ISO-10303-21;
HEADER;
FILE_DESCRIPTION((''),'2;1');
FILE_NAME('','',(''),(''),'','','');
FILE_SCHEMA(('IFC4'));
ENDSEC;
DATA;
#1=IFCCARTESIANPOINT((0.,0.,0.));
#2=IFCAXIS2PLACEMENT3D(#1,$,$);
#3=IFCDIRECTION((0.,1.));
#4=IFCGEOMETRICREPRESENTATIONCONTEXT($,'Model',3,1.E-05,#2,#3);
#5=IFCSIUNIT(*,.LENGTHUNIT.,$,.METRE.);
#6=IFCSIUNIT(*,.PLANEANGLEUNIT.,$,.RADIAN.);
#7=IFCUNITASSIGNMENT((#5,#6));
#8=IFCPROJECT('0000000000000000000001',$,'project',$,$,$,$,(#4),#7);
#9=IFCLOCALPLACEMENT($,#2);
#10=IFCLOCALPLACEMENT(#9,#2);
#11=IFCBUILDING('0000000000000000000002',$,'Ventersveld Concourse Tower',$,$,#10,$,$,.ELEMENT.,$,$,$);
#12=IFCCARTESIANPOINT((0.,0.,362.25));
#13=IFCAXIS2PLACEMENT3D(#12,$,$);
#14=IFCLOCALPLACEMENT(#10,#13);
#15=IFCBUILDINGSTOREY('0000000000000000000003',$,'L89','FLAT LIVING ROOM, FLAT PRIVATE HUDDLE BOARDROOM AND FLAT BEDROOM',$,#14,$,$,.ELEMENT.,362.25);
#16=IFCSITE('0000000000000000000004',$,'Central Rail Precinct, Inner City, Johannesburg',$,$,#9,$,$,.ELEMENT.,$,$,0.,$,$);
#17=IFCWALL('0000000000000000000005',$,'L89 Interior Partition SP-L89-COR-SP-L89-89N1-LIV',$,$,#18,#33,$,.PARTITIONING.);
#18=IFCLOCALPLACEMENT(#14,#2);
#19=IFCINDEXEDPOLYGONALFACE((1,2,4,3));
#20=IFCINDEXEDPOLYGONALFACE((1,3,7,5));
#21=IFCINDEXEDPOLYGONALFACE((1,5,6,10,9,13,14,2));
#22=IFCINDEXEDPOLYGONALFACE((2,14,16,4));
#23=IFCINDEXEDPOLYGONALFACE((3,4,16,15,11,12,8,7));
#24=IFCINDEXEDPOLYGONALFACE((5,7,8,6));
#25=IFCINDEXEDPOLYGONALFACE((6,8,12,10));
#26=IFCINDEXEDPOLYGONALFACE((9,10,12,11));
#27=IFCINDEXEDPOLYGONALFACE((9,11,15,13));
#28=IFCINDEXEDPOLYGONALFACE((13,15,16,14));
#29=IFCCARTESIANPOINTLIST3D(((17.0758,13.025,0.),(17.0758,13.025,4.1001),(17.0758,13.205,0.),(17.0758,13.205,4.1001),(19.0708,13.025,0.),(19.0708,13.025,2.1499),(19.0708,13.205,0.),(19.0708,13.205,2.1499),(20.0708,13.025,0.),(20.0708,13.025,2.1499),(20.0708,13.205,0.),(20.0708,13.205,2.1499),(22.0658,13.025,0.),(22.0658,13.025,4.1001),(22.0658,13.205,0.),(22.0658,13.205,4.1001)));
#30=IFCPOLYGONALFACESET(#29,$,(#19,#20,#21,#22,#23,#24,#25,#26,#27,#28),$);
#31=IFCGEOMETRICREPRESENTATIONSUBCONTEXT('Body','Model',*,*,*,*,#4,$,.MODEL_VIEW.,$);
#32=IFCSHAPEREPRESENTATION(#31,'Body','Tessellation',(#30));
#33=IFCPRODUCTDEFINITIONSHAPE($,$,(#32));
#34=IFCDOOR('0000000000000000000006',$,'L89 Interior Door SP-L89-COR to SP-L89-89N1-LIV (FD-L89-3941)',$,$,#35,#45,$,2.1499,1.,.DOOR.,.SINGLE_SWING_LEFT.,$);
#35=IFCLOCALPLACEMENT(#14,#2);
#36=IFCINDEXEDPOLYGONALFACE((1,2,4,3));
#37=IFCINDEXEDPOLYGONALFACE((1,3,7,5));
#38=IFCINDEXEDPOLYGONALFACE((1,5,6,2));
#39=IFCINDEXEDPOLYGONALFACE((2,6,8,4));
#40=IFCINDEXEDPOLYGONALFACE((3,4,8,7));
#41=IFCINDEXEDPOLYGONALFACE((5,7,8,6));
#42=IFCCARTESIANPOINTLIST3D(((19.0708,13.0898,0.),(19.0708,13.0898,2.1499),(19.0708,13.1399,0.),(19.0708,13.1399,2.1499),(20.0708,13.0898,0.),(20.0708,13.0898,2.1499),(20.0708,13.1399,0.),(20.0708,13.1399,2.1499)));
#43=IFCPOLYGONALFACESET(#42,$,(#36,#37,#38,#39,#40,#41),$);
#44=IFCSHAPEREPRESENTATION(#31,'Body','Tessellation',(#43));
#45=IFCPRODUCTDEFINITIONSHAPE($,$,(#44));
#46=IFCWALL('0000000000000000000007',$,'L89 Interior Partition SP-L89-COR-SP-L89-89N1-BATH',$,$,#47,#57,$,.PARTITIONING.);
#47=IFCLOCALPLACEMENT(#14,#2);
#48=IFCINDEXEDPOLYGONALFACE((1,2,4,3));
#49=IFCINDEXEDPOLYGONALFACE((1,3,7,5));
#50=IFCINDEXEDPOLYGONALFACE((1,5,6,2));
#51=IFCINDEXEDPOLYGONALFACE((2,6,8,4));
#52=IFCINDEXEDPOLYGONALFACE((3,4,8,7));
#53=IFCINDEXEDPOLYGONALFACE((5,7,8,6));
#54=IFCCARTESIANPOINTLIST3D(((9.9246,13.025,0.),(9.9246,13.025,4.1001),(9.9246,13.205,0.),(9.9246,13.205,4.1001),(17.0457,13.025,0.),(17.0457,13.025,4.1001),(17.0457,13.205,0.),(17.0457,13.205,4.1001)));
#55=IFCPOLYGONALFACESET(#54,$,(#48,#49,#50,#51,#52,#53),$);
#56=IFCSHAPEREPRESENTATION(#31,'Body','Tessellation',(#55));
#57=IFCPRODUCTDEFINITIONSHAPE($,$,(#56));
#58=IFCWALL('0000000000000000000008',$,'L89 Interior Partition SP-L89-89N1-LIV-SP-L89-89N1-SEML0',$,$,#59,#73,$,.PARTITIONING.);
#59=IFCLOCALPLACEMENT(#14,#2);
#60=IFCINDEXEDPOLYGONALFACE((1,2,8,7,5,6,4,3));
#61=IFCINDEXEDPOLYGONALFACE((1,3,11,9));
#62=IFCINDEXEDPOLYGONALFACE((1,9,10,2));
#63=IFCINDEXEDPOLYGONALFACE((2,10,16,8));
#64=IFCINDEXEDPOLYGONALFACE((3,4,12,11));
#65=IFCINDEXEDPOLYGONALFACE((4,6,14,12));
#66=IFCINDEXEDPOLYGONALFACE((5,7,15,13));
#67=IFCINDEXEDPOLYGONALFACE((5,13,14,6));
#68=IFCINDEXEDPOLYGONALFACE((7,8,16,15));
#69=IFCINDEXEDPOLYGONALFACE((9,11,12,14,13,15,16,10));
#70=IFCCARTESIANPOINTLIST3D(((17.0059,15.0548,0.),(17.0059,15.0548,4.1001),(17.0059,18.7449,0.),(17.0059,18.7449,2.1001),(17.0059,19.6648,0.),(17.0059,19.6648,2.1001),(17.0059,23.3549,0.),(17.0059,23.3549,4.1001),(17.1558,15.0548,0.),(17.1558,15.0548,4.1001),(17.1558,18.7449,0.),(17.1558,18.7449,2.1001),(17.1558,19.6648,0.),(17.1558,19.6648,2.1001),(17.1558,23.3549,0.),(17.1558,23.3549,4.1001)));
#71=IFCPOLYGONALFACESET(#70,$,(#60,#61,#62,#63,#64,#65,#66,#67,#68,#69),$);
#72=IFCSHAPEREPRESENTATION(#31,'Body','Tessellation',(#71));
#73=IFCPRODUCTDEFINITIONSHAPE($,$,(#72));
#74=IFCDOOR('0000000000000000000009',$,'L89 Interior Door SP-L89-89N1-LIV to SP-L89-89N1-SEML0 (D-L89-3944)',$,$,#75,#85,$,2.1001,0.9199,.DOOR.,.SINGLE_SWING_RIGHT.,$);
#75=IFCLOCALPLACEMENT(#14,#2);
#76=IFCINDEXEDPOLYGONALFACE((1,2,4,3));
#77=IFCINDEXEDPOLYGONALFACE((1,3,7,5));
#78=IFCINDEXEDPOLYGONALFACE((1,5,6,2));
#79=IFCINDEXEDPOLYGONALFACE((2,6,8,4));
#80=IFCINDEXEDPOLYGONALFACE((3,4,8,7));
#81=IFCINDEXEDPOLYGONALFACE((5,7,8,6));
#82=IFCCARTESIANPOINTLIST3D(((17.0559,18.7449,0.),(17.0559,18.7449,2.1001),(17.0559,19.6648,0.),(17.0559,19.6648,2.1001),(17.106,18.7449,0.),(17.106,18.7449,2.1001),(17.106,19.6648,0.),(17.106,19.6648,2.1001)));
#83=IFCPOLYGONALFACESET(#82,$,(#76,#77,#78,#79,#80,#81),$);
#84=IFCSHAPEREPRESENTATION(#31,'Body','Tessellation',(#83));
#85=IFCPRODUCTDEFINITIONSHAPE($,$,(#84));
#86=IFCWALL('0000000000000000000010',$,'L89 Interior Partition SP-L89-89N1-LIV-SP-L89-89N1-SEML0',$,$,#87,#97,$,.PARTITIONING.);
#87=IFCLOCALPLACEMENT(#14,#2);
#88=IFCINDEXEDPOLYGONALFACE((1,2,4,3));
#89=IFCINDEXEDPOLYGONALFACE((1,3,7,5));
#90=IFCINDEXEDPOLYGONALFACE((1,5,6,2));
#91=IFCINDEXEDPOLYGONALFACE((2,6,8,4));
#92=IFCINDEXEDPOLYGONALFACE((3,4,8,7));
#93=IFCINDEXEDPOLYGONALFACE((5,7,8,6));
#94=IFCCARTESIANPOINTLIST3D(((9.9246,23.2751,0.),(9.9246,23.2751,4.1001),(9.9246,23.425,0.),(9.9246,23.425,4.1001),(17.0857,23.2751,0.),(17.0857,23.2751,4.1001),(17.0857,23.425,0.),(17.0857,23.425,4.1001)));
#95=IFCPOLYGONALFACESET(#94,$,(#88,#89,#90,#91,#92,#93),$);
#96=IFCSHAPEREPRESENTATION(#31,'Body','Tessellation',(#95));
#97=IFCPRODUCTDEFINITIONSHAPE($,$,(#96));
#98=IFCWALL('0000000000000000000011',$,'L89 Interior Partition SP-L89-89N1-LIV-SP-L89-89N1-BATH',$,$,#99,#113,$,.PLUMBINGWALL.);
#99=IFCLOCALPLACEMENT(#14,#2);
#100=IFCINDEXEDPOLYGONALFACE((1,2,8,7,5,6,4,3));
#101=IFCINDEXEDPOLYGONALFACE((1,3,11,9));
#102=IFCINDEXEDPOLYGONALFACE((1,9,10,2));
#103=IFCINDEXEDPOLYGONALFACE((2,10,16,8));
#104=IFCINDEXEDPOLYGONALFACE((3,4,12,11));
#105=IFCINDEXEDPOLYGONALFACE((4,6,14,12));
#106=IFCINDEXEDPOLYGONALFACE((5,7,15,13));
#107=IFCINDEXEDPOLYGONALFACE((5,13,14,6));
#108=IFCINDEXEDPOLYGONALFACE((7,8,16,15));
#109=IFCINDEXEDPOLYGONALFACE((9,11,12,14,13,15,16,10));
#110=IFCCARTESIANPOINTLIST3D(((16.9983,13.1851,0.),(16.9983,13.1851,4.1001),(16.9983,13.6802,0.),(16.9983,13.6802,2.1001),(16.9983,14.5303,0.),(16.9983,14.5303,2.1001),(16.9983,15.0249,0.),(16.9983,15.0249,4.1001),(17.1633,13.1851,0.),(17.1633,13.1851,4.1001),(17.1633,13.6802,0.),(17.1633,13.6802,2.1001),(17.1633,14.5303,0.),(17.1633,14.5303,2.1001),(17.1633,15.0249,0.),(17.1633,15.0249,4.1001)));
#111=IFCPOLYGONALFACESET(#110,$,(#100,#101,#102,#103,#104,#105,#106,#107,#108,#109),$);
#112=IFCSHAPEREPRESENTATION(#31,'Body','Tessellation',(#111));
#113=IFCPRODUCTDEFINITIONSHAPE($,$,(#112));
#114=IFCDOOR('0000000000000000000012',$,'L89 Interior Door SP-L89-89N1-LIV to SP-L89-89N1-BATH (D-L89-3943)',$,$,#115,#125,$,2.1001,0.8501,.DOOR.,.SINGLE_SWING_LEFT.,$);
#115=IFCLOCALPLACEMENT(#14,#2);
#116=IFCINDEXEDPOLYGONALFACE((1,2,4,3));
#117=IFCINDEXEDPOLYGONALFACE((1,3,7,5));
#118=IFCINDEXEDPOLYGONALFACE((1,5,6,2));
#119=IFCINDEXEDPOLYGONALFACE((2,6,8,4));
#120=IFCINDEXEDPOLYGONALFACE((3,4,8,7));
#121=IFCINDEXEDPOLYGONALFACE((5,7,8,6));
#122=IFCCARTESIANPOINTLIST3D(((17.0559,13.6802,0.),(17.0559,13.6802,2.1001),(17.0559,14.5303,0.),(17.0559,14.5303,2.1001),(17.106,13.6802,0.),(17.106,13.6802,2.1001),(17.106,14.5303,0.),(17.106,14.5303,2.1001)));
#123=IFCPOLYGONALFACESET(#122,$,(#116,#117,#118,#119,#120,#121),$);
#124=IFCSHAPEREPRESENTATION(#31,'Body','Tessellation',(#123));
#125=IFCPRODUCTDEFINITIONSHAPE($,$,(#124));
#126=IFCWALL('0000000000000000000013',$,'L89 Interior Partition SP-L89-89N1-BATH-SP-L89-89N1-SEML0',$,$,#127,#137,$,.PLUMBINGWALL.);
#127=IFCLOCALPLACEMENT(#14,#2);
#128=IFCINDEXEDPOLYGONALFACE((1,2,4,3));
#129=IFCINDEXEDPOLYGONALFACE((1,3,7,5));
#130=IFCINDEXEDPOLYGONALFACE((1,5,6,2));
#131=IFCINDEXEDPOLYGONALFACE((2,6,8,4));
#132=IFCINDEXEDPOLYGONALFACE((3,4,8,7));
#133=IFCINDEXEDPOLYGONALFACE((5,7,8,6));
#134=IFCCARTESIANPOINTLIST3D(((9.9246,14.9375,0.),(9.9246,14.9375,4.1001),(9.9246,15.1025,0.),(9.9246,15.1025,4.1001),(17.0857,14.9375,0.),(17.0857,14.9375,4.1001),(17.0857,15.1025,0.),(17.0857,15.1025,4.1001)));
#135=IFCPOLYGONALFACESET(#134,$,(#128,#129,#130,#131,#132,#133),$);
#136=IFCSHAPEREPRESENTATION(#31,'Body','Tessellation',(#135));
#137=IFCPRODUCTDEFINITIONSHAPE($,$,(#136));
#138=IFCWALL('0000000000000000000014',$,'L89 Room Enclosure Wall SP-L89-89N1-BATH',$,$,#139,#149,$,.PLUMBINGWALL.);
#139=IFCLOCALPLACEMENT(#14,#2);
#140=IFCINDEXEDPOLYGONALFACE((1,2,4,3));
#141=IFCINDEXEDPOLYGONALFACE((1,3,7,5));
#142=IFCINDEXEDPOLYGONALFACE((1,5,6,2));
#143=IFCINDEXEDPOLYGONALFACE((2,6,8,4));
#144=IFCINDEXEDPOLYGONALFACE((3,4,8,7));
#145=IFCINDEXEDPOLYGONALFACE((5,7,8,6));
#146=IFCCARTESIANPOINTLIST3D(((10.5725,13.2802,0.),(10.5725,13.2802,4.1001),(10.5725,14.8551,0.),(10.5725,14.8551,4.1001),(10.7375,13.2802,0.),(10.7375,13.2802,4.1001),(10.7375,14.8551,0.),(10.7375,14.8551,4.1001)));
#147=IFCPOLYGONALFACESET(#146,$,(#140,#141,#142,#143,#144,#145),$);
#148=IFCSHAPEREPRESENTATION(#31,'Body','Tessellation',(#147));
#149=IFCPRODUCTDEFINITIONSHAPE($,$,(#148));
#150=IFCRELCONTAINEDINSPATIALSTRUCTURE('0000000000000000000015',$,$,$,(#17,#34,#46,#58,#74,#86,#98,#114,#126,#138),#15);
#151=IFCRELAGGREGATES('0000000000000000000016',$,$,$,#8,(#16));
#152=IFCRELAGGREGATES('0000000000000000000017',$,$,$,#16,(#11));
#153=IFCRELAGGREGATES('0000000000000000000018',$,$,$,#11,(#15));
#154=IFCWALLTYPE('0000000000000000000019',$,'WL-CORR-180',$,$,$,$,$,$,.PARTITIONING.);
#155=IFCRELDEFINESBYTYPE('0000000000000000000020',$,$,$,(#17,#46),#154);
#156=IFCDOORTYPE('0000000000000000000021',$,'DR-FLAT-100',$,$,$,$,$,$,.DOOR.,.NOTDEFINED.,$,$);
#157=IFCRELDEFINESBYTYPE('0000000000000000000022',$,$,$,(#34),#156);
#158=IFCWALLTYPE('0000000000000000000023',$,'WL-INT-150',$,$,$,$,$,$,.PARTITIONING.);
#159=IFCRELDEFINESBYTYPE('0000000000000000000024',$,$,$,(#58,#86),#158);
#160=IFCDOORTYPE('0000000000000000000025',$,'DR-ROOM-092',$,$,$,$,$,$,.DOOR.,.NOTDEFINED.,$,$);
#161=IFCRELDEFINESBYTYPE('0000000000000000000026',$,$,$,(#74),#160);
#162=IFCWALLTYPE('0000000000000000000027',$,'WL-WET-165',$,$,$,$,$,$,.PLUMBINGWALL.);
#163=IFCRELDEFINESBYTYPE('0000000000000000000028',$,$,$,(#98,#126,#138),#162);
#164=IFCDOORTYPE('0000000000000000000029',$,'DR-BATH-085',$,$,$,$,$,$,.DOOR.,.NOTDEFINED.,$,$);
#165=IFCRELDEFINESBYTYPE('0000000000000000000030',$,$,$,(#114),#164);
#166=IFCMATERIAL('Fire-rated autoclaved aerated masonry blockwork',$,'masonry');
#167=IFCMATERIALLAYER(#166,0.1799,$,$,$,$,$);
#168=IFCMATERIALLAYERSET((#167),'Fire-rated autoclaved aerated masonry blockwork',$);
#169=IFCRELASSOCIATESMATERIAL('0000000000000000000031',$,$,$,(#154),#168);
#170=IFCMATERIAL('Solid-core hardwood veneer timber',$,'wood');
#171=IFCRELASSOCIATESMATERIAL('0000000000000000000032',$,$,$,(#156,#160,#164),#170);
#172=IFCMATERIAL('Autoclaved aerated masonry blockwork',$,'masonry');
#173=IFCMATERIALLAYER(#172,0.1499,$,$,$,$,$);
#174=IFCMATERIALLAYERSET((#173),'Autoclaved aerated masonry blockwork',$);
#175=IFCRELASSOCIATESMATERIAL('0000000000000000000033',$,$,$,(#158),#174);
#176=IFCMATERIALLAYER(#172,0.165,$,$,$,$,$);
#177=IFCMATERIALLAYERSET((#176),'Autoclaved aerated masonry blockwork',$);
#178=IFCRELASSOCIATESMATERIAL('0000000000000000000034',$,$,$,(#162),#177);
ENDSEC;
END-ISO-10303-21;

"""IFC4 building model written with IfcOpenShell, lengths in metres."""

from ifc_helpers import new_model, si_unit, direction, frame, frame_2d, origin, place, context, subcontext, project, spatial, rectangle, extrude, material, layer, layer_set, type_object, element, fill, save


model = new_model("IFC4")

# Units and contexts
model_context = context("Model", 3, precision=1e-05, world=origin(), true_north=direction((0.0, 1.0)))
body_context = subcontext(model_context, "Body", "Model", "MODEL_VIEW")
ifc_project = project(units=[si_unit("LENGTHUNIT", "METRE"), si_unit("PLANEANGLEUNIT", "RADIAN")], contexts=[model_context])

# Site, building, storey
site_placement = place(None, origin())
site = spatial("IfcSite", under=ifc_project, at=site_placement, Name="Central Rail Precinct, Inner City, Johannesburg", CompositionType="ELEMENT", RefElevation=0.0)
building_placement = place(site_placement, origin())
building = spatial("IfcBuilding", under=site, at=building_placement, Name="Ventersveld Concourse Tower", CompositionType="ELEMENT")
storey_placement = place(building_placement, frame((0.0, 0.0, 362.25)))
storey = spatial("IfcBuildingStorey", under=building, at=storey_placement, Name="L89", Description="FLAT LIVING ROOM, FLAT PRIVATE HUDDLE BOARDROOM AND FLAT BEDROOM", CompositionType="ELEMENT", Elevation=362.25)

# Wall, opening, door
ifc_material_1 = material(Name="Fire-rated autoclaved aerated masonry blockwork", Category="masonry")
ifc_layer_1 = layer(ifc_material_1, 0.1799)
ifc_layer_set_1 = layer_set([ifc_layer_1], Name="Fire-rated autoclaved aerated masonry blockwork")
wall_type_1 = type_object("IfcWallType", Name="WL-CORR-180", PredefinedType="PARTITIONING", material=ifc_layer_set_1)
ifc_material_2 = material(Name="Solid-core hardwood veneer timber", Category="wood")
door_type_1 = type_object("IfcDoorType", Name="DR-FLAT-100", OperationType="NOTDEFINED", PredefinedType="DOOR", material=ifc_material_2)
wall_1_placement = place(storey_placement, frame((17.0757, 13.115, 0.0), z_axis=(0.0, 0.0, 1.0), x_axis=(1.0, 0.0, 0.0)))
wall_1 = element("IfcWall", 1, at=wall_1_placement, inside=storey, type_object=wall_type_1, Name="L89 Interior Partition SP-L89-COR-SP-L89-89N1-LIV", PredefinedType="PARTITIONING", context=body_context, shape_type="SweptSolid", body=[
    extrude(rectangle(XDim=4.99, YDim=0.1799, at=frame_2d((2.4951, 0.0))), origin(), (0.0, 0.0, 1.0), 4.1001),
])
opening_1_placement = place(wall_1_placement, frame((1.9951, 0.0, 0.0)))
opening_1 = element("IfcOpeningElement", 2, at=opening_1_placement, cuts=wall_1, PredefinedType="OPENING", context=body_context, shape_type="SweptSolid", body=[
    extrude(rectangle(XDim=1.0, YDim=2.1499, at=frame_2d((0.5, 1.075))), frame((0.0, 0.1001, 0.0), z_axis=(0.0, -1.0, 0.0), x_axis=(1.0, 0.0, 0.0)), (0.0, 0.0, 1.0), 0.2),
])
door_1_placement = place(opening_1_placement, origin())
door_1 = element("IfcDoor", 3, at=door_1_placement, inside=storey, type_object=door_type_1, Name="L89 Interior Door SP-L89-COR to SP-L89-89N1-LIV (FD-L89-3941)", OperationType="SINGLE_SWING_LEFT", OverallHeight=2.1499, OverallWidth=1.0, PredefinedType="DOOR", context=body_context, shape_type="SweptSolid", body=[
    extrude(rectangle(XDim=1.0, YDim=2.1499, at=frame_2d((0.5, 1.075))), frame((0.0, 0.0249, 0.0), z_axis=(0.0, -1.0, 0.0), x_axis=(1.0, 0.0, 0.0)), (0.0, 0.0, 1.0), 0.05),
])
fill(opening_1, door_1)

# Wall
wall_2_placement = place(storey_placement, frame((9.9246, 13.115, 0.0), z_axis=(0.0, 0.0, 1.0), x_axis=(1.0, 0.0, 0.0)))
element("IfcWall", 4, at=wall_2_placement, inside=storey, type_object=wall_type_1, Name="L89 Interior Partition SP-L89-COR-SP-L89-89N1-BATH", PredefinedType="PARTITIONING", context=body_context, shape_type="SweptSolid", body=[
    extrude(rectangle(XDim=7.1211, YDim=0.1799, at=frame_2d((3.5605, 0.0))), origin(), (0.0, 0.0, 1.0), 4.1001),
])

# Wall, opening, door
ifc_material_3 = material(Name="Autoclaved aerated masonry blockwork", Category="masonry")
ifc_layer_2 = layer(ifc_material_3, 0.1499)
ifc_layer_set_2 = layer_set([ifc_layer_2], Name="Autoclaved aerated masonry blockwork")
wall_type_2 = type_object("IfcWallType", Name="WL-INT-150", PredefinedType="PARTITIONING", material=ifc_layer_set_2)
wall_3_placement = place(storey_placement, frame((17.0808, 15.0549, 0.0), z_axis=(0.0, 0.0, 1.0), x_axis=(0.0, 1.0, 0.0)))
wall_3 = element("IfcWall", 5, at=wall_3_placement, inside=storey, type_object=wall_type_2, Name="L89 Interior Partition SP-L89-89N1-LIV-SP-L89-89N1-SEML0", PredefinedType="PARTITIONING", context=body_context, shape_type="SweptSolid", body=[
    extrude(rectangle(XDim=8.3, YDim=0.1499, at=frame_2d((4.1499, 0.0))), origin(), (0.0, 0.0, 1.0), 4.1001),
])
opening_2_placement = place(wall_3_placement, frame((3.6899, 0.0, 0.0)))
opening_2 = element("IfcOpeningElement", 6, at=opening_2_placement, cuts=wall_3, PredefinedType="OPENING", context=body_context, shape_type="SweptSolid", body=[
    extrude(rectangle(XDim=0.9199, YDim=2.1001, at=frame_2d((0.46, 1.05))), frame((0.0, 0.085, 0.0), z_axis=(0.0, -1.0, 0.0), x_axis=(1.0, 0.0, 0.0)), (0.0, 0.0, 1.0), 0.1699),
])
door_type_2 = type_object("IfcDoorType", Name="DR-ROOM-092", OperationType="NOTDEFINED", PredefinedType="DOOR", material=ifc_material_2)
door_2_placement = place(opening_2_placement, origin())
door_2 = element("IfcDoor", 7, at=door_2_placement, inside=storey, type_object=door_type_2, Name="L89 Interior Door SP-L89-89N1-LIV to SP-L89-89N1-SEML0 (D-L89-3944)", OperationType="SINGLE_SWING_RIGHT", OverallHeight=2.1001, OverallWidth=0.9199, PredefinedType="DOOR", context=body_context, shape_type="SweptSolid", body=[
    extrude(rectangle(XDim=0.9199, YDim=2.1001, at=frame_2d((0.46, 1.05))), frame((0.0, 0.0249, 0.0), z_axis=(0.0, -1.0, 0.0), x_axis=(1.0, 0.0, 0.0)), (0.0, 0.0, 1.0), 0.05),
])
fill(opening_2, door_2)

# Wall
wall_4_placement = place(storey_placement, frame((9.9246, 23.3501, 0.0), z_axis=(0.0, 0.0, 1.0), x_axis=(1.0, 0.0, 0.0)))
element("IfcWall", 8, at=wall_4_placement, inside=storey, type_object=wall_type_2, Name="L89 Interior Partition SP-L89-89N1-LIV-SP-L89-89N1-SEML0", PredefinedType="PARTITIONING", context=body_context, shape_type="SweptSolid", body=[
    extrude(rectangle(XDim=7.1611, YDim=0.1499, at=frame_2d((3.5806, 0.0))), origin(), (0.0, 0.0, 1.0), 4.1001),
])

# Wall, opening, door
ifc_layer_3 = layer(ifc_material_3, 0.165)
ifc_layer_set_3 = layer_set([ifc_layer_3], Name="Autoclaved aerated masonry blockwork")
wall_type_3 = type_object("IfcWallType", Name="WL-WET-165", PredefinedType="PLUMBINGWALL", material=ifc_layer_set_3)
wall_5_placement = place(storey_placement, frame((17.0808, 13.1851, 0.0), z_axis=(0.0, 0.0, 1.0), x_axis=(0.0, 1.0, 0.0)))
wall_5 = element("IfcWall", 9, at=wall_5_placement, inside=storey, type_object=wall_type_3, Name="L89 Interior Partition SP-L89-89N1-LIV-SP-L89-89N1-BATH", PredefinedType="PLUMBINGWALL", context=body_context, shape_type="SweptSolid", body=[
    extrude(rectangle(XDim=1.8398, YDim=0.165, at=frame_2d((0.9199, 0.0))), origin(), (0.0, 0.0, 1.0), 4.1001),
])
opening_3_placement = place(wall_5_placement, frame((0.4951, 0.0, 0.0)))
opening_3 = element("IfcOpeningElement", 10, at=opening_3_placement, cuts=wall_5, PredefinedType="OPENING", context=body_context, shape_type="SweptSolid", body=[
    extrude(rectangle(XDim=0.8501, YDim=2.1001, at=frame_2d((0.425, 1.05))), frame((0.0, 0.0925, 0.0), z_axis=(0.0, -1.0, 0.0), x_axis=(1.0, 0.0, 0.0)), (0.0, 0.0, 1.0), 0.1851),
])
door_type_3 = type_object("IfcDoorType", Name="DR-BATH-085", OperationType="NOTDEFINED", PredefinedType="DOOR", material=ifc_material_2)
door_3_placement = place(opening_3_placement, origin())
door_3 = element("IfcDoor", 11, at=door_3_placement, inside=storey, type_object=door_type_3, Name="L89 Interior Door SP-L89-89N1-LIV to SP-L89-89N1-BATH (D-L89-3943)", OperationType="SINGLE_SWING_LEFT", OverallHeight=2.1001, OverallWidth=0.8501, PredefinedType="DOOR", context=body_context, shape_type="SweptSolid", body=[
    extrude(rectangle(XDim=0.8501, YDim=2.1001, at=frame_2d((0.425, 1.05))), frame((0.0, 0.0249, 0.0), z_axis=(0.0, -1.0, 0.0), x_axis=(1.0, 0.0, 0.0)), (0.0, 0.0, 1.0), 0.05),
])
fill(opening_3, door_3)

# Walls
wall_6_placement = place(storey_placement, frame((9.9246, 15.02, 0.0), z_axis=(0.0, 0.0, 1.0), x_axis=(1.0, 0.0, 0.0)))
element("IfcWall", 12, at=wall_6_placement, inside=storey, type_object=wall_type_3, Name="L89 Interior Partition SP-L89-89N1-BATH-SP-L89-89N1-SEML0", PredefinedType="PLUMBINGWALL", context=body_context, shape_type="SweptSolid", body=[
    extrude(rectangle(XDim=7.1611, YDim=0.165, at=frame_2d((3.5806, 0.0))), origin(), (0.0, 0.0, 1.0), 4.1001),
])
wall_7_placement = place(storey_placement, frame((10.655, 13.28, 0.0), z_axis=(0.0, 0.0, 1.0), x_axis=(0.0, 1.0, 0.0)))
element("IfcWall", 13, at=wall_7_placement, inside=storey, type_object=wall_type_3, Name="L89 Room Enclosure Wall SP-L89-89N1-BATH", PredefinedType="PLUMBINGWALL", context=body_context, shape_type="SweptSolid", body=[
    extrude(rectangle(XDim=1.575, YDim=0.165, at=frame_2d((0.7876, 0.0))), origin(), (0.0, 0.0, 1.0), 4.1001),
])

save(model, "model.ifc")
